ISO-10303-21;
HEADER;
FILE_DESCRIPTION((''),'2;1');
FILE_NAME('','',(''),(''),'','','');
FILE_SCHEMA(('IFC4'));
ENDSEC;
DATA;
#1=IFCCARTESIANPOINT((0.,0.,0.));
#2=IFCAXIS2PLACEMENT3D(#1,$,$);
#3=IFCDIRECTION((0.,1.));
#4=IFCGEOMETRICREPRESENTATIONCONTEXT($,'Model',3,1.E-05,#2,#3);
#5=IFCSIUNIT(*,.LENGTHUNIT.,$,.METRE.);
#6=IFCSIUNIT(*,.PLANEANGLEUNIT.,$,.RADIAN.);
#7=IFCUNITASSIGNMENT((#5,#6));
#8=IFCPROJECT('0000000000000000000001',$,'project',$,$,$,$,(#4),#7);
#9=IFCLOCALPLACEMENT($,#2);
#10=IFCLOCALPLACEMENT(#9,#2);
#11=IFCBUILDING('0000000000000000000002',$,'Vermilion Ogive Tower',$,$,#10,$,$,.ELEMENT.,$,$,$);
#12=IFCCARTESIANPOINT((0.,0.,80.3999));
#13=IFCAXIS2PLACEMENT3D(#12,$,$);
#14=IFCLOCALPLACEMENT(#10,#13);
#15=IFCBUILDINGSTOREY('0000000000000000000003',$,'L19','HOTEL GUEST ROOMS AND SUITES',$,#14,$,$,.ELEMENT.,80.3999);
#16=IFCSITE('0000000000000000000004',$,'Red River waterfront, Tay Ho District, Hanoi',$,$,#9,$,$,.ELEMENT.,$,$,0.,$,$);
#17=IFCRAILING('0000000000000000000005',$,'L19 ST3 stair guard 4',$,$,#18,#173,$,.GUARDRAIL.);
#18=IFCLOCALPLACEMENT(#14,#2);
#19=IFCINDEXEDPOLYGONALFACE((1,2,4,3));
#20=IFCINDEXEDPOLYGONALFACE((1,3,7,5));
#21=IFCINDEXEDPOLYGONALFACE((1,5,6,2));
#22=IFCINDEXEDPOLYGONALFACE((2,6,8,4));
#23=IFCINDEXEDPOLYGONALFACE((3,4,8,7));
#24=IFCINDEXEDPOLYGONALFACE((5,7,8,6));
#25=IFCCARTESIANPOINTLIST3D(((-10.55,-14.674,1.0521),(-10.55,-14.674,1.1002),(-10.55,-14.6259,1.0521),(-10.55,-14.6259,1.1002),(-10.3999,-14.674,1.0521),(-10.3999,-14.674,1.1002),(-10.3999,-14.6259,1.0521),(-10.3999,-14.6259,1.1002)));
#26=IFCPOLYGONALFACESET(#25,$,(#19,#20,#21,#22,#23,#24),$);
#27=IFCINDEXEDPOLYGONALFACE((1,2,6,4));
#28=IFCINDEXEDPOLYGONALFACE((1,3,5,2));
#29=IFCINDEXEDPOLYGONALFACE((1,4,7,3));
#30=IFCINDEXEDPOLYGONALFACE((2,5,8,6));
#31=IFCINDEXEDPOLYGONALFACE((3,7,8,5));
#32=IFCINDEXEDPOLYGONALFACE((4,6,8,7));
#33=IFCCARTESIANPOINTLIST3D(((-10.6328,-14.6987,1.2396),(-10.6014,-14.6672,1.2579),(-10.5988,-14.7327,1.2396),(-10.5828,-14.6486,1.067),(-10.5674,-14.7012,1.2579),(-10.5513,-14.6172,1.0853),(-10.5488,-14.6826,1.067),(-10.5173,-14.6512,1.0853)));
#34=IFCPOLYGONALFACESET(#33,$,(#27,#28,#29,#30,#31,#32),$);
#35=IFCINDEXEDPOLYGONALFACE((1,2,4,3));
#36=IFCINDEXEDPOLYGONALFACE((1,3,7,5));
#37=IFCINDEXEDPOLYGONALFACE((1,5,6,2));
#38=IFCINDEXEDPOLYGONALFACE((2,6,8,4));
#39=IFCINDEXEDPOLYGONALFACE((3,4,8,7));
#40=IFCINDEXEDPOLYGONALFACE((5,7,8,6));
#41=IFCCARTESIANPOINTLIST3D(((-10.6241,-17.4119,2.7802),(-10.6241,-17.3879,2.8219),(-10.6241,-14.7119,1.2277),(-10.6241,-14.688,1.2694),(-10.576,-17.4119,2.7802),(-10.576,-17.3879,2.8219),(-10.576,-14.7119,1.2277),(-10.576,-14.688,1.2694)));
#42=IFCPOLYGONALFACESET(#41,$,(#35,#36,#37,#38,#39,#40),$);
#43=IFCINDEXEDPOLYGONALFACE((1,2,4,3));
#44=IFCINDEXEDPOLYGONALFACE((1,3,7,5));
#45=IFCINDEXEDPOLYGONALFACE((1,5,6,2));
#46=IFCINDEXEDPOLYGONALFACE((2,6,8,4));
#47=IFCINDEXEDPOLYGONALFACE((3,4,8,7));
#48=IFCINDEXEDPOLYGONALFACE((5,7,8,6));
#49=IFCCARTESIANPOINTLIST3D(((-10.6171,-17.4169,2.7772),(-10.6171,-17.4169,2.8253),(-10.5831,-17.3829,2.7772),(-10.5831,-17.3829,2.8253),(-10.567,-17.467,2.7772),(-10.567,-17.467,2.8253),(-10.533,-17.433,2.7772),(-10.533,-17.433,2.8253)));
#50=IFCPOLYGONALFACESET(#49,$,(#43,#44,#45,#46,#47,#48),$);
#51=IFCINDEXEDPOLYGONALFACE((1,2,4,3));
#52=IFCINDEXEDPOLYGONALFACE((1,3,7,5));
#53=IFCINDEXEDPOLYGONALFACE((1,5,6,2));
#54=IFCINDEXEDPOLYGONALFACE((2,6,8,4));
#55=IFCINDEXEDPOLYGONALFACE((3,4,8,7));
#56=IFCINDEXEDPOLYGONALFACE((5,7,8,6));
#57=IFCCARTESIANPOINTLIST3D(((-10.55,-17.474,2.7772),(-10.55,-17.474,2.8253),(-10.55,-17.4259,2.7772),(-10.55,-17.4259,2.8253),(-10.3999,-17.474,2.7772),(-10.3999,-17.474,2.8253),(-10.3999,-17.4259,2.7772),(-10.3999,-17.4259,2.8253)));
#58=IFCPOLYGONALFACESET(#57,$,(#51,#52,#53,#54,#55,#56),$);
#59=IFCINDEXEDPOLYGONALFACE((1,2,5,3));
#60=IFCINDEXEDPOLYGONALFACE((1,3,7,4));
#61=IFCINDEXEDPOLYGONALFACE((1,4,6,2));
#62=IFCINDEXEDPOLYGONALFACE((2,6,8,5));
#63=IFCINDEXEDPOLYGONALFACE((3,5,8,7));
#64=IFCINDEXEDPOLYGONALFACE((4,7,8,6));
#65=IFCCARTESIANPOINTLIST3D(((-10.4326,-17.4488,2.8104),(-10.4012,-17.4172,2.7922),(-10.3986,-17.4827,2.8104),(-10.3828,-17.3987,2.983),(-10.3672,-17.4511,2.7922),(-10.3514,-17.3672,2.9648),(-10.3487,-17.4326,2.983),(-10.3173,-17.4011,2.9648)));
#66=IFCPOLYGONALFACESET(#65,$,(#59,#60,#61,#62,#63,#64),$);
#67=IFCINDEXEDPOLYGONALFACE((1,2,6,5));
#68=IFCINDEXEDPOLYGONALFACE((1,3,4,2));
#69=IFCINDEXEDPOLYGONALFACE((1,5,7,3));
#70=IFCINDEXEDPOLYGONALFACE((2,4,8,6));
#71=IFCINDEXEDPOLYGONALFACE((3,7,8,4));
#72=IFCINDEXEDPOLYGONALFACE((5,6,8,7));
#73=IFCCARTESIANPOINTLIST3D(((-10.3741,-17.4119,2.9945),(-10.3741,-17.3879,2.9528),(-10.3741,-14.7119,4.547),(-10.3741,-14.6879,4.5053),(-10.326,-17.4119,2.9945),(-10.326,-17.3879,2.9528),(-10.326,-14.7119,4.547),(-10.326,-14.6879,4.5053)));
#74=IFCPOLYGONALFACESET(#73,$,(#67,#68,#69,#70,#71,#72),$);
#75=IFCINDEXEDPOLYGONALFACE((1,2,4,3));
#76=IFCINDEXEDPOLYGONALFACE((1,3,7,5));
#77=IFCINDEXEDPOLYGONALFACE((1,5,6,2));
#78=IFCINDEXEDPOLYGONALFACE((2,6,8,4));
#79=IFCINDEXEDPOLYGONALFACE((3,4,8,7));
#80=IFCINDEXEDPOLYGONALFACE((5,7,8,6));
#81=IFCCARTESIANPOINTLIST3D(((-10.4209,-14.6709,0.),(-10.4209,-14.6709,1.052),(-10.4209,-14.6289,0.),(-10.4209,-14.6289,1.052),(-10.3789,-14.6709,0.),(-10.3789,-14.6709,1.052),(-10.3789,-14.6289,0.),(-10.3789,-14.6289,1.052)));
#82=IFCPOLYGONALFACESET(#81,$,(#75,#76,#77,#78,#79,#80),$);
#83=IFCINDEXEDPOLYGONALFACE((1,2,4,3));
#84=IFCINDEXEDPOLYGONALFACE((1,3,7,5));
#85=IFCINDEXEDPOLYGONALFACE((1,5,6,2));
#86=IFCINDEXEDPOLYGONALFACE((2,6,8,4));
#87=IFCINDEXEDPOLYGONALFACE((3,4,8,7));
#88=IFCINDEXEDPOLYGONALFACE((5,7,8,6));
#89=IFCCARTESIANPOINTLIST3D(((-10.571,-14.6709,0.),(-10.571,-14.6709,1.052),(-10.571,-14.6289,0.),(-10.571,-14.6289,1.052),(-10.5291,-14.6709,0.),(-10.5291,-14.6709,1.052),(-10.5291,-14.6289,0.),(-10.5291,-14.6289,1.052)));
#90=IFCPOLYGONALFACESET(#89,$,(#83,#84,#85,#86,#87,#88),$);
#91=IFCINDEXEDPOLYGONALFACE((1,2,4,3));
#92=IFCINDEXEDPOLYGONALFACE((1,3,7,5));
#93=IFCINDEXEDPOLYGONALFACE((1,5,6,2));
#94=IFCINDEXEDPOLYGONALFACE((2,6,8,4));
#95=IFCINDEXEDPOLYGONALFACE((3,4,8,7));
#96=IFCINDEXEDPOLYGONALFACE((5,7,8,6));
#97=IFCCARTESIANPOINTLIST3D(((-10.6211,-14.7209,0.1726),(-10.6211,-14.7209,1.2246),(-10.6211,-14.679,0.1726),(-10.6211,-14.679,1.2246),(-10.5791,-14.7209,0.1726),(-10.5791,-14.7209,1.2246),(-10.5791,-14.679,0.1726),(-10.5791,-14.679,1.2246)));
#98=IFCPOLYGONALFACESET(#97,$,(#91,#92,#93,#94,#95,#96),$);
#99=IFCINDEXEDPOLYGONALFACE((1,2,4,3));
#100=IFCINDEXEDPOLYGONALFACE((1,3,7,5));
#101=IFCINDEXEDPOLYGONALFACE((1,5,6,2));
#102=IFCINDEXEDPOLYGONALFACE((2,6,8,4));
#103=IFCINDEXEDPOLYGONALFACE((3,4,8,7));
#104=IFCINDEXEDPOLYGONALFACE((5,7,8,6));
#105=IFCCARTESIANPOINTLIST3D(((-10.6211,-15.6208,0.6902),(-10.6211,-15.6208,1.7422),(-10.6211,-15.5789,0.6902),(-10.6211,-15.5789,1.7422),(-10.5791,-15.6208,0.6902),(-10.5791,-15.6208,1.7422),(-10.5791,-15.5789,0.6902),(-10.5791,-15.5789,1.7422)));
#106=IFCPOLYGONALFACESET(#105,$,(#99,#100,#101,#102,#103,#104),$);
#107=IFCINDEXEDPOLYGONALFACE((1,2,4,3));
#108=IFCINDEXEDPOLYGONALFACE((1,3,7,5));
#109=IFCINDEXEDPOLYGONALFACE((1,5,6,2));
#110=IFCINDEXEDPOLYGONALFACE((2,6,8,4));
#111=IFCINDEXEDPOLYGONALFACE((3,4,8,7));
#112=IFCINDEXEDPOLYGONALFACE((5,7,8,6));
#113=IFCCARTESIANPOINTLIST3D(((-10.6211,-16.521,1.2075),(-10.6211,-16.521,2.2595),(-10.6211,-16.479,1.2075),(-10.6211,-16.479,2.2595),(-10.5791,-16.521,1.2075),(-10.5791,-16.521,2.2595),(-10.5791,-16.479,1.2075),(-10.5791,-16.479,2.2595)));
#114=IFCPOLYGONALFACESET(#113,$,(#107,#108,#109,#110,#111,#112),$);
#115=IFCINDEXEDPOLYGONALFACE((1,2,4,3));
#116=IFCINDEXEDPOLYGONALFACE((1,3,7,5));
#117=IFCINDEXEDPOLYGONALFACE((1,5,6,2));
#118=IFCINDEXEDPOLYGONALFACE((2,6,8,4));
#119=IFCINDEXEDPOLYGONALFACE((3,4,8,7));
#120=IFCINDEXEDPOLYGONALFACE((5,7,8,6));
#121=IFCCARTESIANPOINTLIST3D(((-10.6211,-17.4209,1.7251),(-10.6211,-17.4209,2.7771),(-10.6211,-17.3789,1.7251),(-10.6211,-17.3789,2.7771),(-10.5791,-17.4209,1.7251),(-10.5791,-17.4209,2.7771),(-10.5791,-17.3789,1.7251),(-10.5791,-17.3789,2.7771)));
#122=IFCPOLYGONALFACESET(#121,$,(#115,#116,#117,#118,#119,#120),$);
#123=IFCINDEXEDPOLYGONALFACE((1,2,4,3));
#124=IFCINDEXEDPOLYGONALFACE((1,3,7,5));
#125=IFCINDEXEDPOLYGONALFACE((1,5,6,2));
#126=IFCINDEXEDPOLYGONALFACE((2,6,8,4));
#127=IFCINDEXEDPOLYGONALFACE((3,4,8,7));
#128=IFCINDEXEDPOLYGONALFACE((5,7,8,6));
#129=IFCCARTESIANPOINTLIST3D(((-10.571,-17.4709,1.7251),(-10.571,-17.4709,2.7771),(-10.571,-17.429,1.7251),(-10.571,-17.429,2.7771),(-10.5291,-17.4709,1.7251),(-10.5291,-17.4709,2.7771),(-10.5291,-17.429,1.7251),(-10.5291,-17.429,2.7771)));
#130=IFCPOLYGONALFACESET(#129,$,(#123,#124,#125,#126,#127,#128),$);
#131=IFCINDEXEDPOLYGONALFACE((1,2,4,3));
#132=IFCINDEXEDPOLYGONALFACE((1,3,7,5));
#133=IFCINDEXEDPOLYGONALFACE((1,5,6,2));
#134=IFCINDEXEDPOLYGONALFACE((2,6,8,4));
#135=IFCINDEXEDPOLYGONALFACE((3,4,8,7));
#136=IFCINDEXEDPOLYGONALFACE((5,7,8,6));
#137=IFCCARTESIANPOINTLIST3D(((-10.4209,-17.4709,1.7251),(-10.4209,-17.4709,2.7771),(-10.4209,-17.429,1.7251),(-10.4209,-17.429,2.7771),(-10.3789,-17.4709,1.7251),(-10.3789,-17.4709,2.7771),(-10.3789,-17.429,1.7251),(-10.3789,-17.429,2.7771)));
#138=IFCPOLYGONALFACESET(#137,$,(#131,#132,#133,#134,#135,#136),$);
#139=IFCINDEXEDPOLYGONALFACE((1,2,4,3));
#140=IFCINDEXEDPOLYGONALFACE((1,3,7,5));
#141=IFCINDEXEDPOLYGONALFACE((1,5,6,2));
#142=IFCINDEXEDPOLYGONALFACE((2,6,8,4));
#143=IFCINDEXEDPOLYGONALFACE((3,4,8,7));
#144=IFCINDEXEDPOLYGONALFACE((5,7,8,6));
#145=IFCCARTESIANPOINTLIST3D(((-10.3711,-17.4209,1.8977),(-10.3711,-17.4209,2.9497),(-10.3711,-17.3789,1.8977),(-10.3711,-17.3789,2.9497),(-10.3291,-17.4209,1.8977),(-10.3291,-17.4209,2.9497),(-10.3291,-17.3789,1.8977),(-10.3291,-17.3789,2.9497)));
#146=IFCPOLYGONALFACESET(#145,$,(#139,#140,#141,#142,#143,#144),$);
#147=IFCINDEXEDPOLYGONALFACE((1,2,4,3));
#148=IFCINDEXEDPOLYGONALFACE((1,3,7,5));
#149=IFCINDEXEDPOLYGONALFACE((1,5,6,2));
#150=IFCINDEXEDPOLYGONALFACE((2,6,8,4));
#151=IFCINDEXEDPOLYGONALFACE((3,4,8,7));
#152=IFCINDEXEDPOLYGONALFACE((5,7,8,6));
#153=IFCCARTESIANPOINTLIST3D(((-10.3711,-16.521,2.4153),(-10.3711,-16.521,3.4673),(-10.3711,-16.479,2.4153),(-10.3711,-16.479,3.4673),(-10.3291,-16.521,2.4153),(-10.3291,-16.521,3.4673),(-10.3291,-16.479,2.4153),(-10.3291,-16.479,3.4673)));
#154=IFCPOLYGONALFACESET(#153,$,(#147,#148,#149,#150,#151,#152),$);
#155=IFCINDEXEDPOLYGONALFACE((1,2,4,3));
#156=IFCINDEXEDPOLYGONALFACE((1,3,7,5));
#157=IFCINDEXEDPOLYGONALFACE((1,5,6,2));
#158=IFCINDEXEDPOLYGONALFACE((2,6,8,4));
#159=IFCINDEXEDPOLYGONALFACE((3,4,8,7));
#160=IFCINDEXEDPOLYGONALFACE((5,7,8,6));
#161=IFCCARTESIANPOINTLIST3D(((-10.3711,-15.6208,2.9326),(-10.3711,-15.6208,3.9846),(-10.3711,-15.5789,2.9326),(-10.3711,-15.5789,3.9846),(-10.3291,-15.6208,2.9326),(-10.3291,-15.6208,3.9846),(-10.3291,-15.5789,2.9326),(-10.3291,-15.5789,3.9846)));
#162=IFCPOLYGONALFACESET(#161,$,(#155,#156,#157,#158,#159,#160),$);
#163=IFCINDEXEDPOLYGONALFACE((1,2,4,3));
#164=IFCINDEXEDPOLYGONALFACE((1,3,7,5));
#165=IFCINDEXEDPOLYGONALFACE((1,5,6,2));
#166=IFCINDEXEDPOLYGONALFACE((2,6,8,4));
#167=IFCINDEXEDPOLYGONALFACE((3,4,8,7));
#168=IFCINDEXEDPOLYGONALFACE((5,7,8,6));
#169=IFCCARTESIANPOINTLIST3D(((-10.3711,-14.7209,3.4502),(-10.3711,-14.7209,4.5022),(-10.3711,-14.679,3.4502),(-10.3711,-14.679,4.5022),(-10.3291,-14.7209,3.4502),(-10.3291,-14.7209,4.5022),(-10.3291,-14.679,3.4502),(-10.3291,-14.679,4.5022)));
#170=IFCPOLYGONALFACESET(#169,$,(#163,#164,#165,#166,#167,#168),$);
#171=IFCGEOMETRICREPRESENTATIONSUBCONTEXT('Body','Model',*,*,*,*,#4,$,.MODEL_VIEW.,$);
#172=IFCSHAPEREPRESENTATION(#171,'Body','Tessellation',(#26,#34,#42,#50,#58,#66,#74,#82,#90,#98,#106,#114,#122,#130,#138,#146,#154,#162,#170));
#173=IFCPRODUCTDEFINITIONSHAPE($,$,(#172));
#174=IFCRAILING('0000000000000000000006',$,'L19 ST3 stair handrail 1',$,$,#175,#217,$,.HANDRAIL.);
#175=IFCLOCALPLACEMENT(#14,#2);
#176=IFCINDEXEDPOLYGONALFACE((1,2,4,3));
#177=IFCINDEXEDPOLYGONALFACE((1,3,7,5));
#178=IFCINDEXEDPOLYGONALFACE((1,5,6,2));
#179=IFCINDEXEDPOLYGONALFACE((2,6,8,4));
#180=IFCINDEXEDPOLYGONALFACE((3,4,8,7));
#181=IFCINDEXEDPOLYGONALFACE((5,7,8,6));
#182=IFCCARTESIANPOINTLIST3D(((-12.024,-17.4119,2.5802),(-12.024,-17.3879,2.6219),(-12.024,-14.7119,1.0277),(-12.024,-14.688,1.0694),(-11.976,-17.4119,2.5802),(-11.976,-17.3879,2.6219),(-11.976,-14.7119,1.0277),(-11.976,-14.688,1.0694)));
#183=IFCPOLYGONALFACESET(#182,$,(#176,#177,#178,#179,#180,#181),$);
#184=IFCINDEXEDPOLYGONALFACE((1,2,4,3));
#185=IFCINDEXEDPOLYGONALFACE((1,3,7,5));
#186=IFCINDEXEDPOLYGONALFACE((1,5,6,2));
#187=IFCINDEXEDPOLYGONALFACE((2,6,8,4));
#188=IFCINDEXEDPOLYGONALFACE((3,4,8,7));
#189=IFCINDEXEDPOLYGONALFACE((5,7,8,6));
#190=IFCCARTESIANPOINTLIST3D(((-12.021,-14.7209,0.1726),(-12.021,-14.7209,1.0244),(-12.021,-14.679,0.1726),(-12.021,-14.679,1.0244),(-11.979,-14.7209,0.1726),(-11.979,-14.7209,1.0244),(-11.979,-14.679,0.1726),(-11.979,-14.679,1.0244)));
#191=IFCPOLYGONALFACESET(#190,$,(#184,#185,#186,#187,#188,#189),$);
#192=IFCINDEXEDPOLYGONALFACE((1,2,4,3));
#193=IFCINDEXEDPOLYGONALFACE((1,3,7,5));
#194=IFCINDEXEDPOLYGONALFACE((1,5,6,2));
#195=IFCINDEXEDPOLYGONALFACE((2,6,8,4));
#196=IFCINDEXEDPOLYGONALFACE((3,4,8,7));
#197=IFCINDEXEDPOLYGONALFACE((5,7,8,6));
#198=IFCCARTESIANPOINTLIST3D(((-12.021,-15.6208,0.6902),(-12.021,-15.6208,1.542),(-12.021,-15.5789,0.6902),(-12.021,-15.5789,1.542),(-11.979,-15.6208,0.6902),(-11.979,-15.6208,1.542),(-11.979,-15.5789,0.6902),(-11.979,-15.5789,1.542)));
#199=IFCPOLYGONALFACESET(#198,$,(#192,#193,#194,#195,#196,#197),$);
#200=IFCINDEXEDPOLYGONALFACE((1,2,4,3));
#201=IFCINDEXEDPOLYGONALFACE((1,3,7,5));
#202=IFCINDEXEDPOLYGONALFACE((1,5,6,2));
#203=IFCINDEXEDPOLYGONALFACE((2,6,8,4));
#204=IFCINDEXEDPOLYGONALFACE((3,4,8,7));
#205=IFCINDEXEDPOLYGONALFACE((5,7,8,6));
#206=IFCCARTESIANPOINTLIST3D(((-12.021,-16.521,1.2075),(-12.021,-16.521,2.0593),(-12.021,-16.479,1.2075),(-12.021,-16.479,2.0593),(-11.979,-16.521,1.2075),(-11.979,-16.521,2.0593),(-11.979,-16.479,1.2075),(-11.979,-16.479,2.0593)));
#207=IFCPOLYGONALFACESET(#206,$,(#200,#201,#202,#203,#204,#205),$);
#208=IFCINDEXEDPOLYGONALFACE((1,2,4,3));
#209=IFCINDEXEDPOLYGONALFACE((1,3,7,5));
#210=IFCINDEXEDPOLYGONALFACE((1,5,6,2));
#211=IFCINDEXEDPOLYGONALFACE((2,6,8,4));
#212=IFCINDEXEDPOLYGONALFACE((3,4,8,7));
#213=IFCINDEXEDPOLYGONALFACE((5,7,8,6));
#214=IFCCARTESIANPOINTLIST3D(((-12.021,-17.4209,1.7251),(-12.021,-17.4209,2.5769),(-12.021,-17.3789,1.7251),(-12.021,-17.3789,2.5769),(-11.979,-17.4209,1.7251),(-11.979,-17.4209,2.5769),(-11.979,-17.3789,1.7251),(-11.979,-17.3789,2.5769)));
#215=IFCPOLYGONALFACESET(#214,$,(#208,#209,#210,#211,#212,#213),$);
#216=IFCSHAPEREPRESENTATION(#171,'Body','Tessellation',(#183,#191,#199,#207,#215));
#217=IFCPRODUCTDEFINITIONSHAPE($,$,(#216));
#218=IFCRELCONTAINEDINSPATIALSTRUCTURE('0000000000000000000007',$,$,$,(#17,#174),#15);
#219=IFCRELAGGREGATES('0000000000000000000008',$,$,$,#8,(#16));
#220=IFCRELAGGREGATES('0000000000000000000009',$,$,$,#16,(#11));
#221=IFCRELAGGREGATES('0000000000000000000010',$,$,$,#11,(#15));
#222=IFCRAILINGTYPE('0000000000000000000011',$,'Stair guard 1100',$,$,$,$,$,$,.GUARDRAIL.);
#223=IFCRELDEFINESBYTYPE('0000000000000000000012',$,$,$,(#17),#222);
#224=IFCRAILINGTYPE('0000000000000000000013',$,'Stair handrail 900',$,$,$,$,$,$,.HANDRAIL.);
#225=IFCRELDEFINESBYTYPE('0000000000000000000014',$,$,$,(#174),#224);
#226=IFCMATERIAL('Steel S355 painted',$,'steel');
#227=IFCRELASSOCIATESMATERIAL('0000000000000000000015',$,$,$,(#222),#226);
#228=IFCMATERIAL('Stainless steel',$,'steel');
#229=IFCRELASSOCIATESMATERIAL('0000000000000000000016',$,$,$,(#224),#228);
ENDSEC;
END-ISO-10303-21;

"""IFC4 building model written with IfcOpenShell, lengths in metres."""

from ifc_helpers import new_model, si_unit, direction, frame, origin, origin_2d, place, context, subcontext, project, spatial, rectangle, extrude, material, type_object, element, save


model = new_model("IFC4")

# Units and contexts
model_context = context("Model", 3, precision=1e-05, world=origin(), true_north=direction((0.0, 1.0)))
body_context = subcontext(model_context, "Body", "Model", "MODEL_VIEW")
ifc_project = project(units=[si_unit("LENGTHUNIT", "METRE"), si_unit("PLANEANGLEUNIT", "RADIAN")], contexts=[model_context])

# Site, building, storey
site_placement = place(None, origin())
site = spatial("IfcSite", under=ifc_project, at=site_placement, Name="Red River waterfront, Tay Ho District, Hanoi", CompositionType="ELEMENT", RefElevation=0.0)
building_placement = place(site_placement, origin())
building = spatial("IfcBuilding", under=site, at=building_placement, Name="Vermilion Ogive Tower", CompositionType="ELEMENT")
storey_placement = place(building_placement, frame((0.0, 0.0, 80.3999)))
storey = spatial("IfcBuildingStorey", under=building, at=storey_placement, Name="L19", Description="HOTEL GUEST ROOMS AND SUITES", CompositionType="ELEMENT", Elevation=80.3999)

# Railings
ifc_material_1 = material(Name="Steel S355 painted", Category="steel")
railing_type_1 = type_object("IfcRailingType", Name="Stair guard 1100", PredefinedType="GUARDRAIL", material=ifc_material_1)
railing_1_placement = place(storey_placement, frame((-10.3999, -14.6499, 0.0)))
element("IfcRailing", 1, at=railing_1_placement, inside=storey, type_object=railing_type_1, Name="L19 ST3 stair guard 4", PredefinedType="GUARDRAIL", context=body_context, shape_type="SweptSolid", body=[
    extrude(rectangle(XDim=0.0481, YDim=0.0481, at=origin_2d()), frame((0.0, 0.0, 1.0762), z_axis=(-1.0, 0.0, 0.0), x_axis=(0.0, -1.0, 0.0)), (0.0, 0.0, 1.0), 0.1501),
    extrude(rectangle(XDim=0.0481, YDim=0.0481, at=origin_2d()), frame((-0.1501, 0.0, 1.0762), z_axis=(-0.268278, -0.268278, 0.925232), x_axis=(0.707107, -0.707107, 0.0)), (0.0, 0.0, 1.0), 0.1865),
    extrude(rectangle(XDim=0.0481, YDim=0.0481, at=origin_2d()), frame((-0.2002, -0.05, 1.2485), z_axis=(0.0, -0.866904, 0.498476), x_axis=(1.0, 0.0, 0.0)), (0.0, 0.0, 1.0), 3.1145),
    extrude(rectangle(XDim=0.0481, YDim=0.0481, at=origin_2d()), frame((-0.2002, -2.75, 2.8013), z_axis=(0.707107, -0.707107, 0.0), x_axis=(0.707107, 0.707107, 0.0)), (0.0, 0.0, 1.0), 0.0708),
    extrude(rectangle(XDim=0.0481, YDim=0.0481, at=origin_2d()), frame((-0.1501, -2.8, 2.8013), z_axis=(1.0, 0.0, 0.0), x_axis=(0.0, 1.0, 0.0)), (0.0, 0.0, 1.0), 0.1501),
    extrude(rectangle(XDim=0.0481, YDim=0.0481, at=origin_2d()), frame((0.0, -2.8, 2.8013), z_axis=(0.267063, 0.268372, 0.925556), x_axis=(-0.708834, 0.705376, 0.0)), (0.0, 0.0, 1.0), 0.1865),
    extrude(rectangle(XDim=0.0481, YDim=0.0481, at=origin_2d()), frame((0.0498, -2.75, 2.9736), z_axis=(0.0, 0.866904, 0.498476), x_axis=(-1.0, 0.0, 0.0)), (0.0, 0.0, 1.0), 3.1145),
    extrude(rectangle(XDim=0.042, YDim=0.042, at=origin_2d()), origin(), (0.0, 0.0, 1.0), 1.052),
    extrude(rectangle(XDim=0.042, YDim=0.042, at=origin_2d()), frame((-0.1501, 0.0, 0.0)), (0.0, 0.0, 1.0), 1.052),
    extrude(rectangle(XDim=0.042, YDim=0.042, at=origin_2d()), frame((-0.2002, -0.05, 0.1726)), (0.0, 0.0, 1.0), 1.052),
    extrude(rectangle(XDim=0.042, YDim=0.042, at=origin_2d()), frame((-0.2002, -0.95, 0.6902)), (0.0, 0.0, 1.0), 1.052),
    extrude(rectangle(XDim=0.042, YDim=0.042, at=origin_2d()), frame((-0.2002, -1.8501, 1.2075)), (0.0, 0.0, 1.0), 1.052),
    extrude(rectangle(XDim=0.042, YDim=0.042, at=origin_2d()), frame((-0.2002, -2.75, 1.7251)), (0.0, 0.0, 1.0), 1.052),
    extrude(rectangle(XDim=0.042, YDim=0.042, at=origin_2d()), frame((-0.1501, -2.8, 1.7251)), (0.0, 0.0, 1.0), 1.052),
    extrude(rectangle(XDim=0.042, YDim=0.042, at=origin_2d()), frame((0.0, -2.8, 1.7251)), (0.0, 0.0, 1.0), 1.052),
    extrude(rectangle(XDim=0.042, YDim=0.042, at=origin_2d()), frame((0.0498, -2.75, 1.8977)), (0.0, 0.0, 1.0), 1.052),
    extrude(rectangle(XDim=0.042, YDim=0.042, at=origin_2d()), frame((0.0498, -1.8501, 2.4153)), (0.0, 0.0, 1.0), 1.052),
    extrude(rectangle(XDim=0.042, YDim=0.042, at=origin_2d()), frame((0.0498, -0.95, 2.9326)), (0.0, 0.0, 1.0), 1.052),
    extrude(rectangle(XDim=0.042, YDim=0.042, at=origin_2d()), frame((0.0498, -0.05, 3.4502)), (0.0, 0.0, 1.0), 1.052),
])
ifc_material_2 = material(Name="Stainless steel", Category="steel")
railing_type_2 = type_object("IfcRailingType", Name="Stair handrail 900", PredefinedType="HANDRAIL", material=ifc_material_2)
railing_2_placement = place(storey_placement, frame((-12.0, -14.7, 0.1726)))
element("IfcRailing", 2, at=railing_2_placement, inside=storey, type_object=railing_type_2, Name="L19 ST3 stair handrail 1", PredefinedType="HANDRAIL", context=body_context, shape_type="SweptSolid", body=[
    extrude(rectangle(XDim=0.0481, YDim=0.0481, at=origin_2d()), frame((0.0, 0.0, 0.876), z_axis=(0.0, -0.866904, 0.498476), x_axis=(1.0, 0.0, 0.0)), (0.0, 0.0, 1.0), 3.1145),
    extrude(rectangle(XDim=0.042, YDim=0.042, at=origin_2d()), origin(), (0.0, 0.0, 1.0), 0.8518),
    extrude(rectangle(XDim=0.042, YDim=0.042, at=origin_2d()), frame((0.0, -0.8999, 0.5176)), (0.0, 0.0, 1.0), 0.8518),
    extrude(rectangle(XDim=0.042, YDim=0.042, at=origin_2d()), frame((0.0, -1.8, 1.0349)), (0.0, 0.0, 1.0), 0.8518),
    extrude(rectangle(XDim=0.042, YDim=0.042, at=origin_2d()), frame((0.0, -2.7, 1.5525)), (0.0, 0.0, 1.0), 0.8518),
])

save(model, "model.ifc")
